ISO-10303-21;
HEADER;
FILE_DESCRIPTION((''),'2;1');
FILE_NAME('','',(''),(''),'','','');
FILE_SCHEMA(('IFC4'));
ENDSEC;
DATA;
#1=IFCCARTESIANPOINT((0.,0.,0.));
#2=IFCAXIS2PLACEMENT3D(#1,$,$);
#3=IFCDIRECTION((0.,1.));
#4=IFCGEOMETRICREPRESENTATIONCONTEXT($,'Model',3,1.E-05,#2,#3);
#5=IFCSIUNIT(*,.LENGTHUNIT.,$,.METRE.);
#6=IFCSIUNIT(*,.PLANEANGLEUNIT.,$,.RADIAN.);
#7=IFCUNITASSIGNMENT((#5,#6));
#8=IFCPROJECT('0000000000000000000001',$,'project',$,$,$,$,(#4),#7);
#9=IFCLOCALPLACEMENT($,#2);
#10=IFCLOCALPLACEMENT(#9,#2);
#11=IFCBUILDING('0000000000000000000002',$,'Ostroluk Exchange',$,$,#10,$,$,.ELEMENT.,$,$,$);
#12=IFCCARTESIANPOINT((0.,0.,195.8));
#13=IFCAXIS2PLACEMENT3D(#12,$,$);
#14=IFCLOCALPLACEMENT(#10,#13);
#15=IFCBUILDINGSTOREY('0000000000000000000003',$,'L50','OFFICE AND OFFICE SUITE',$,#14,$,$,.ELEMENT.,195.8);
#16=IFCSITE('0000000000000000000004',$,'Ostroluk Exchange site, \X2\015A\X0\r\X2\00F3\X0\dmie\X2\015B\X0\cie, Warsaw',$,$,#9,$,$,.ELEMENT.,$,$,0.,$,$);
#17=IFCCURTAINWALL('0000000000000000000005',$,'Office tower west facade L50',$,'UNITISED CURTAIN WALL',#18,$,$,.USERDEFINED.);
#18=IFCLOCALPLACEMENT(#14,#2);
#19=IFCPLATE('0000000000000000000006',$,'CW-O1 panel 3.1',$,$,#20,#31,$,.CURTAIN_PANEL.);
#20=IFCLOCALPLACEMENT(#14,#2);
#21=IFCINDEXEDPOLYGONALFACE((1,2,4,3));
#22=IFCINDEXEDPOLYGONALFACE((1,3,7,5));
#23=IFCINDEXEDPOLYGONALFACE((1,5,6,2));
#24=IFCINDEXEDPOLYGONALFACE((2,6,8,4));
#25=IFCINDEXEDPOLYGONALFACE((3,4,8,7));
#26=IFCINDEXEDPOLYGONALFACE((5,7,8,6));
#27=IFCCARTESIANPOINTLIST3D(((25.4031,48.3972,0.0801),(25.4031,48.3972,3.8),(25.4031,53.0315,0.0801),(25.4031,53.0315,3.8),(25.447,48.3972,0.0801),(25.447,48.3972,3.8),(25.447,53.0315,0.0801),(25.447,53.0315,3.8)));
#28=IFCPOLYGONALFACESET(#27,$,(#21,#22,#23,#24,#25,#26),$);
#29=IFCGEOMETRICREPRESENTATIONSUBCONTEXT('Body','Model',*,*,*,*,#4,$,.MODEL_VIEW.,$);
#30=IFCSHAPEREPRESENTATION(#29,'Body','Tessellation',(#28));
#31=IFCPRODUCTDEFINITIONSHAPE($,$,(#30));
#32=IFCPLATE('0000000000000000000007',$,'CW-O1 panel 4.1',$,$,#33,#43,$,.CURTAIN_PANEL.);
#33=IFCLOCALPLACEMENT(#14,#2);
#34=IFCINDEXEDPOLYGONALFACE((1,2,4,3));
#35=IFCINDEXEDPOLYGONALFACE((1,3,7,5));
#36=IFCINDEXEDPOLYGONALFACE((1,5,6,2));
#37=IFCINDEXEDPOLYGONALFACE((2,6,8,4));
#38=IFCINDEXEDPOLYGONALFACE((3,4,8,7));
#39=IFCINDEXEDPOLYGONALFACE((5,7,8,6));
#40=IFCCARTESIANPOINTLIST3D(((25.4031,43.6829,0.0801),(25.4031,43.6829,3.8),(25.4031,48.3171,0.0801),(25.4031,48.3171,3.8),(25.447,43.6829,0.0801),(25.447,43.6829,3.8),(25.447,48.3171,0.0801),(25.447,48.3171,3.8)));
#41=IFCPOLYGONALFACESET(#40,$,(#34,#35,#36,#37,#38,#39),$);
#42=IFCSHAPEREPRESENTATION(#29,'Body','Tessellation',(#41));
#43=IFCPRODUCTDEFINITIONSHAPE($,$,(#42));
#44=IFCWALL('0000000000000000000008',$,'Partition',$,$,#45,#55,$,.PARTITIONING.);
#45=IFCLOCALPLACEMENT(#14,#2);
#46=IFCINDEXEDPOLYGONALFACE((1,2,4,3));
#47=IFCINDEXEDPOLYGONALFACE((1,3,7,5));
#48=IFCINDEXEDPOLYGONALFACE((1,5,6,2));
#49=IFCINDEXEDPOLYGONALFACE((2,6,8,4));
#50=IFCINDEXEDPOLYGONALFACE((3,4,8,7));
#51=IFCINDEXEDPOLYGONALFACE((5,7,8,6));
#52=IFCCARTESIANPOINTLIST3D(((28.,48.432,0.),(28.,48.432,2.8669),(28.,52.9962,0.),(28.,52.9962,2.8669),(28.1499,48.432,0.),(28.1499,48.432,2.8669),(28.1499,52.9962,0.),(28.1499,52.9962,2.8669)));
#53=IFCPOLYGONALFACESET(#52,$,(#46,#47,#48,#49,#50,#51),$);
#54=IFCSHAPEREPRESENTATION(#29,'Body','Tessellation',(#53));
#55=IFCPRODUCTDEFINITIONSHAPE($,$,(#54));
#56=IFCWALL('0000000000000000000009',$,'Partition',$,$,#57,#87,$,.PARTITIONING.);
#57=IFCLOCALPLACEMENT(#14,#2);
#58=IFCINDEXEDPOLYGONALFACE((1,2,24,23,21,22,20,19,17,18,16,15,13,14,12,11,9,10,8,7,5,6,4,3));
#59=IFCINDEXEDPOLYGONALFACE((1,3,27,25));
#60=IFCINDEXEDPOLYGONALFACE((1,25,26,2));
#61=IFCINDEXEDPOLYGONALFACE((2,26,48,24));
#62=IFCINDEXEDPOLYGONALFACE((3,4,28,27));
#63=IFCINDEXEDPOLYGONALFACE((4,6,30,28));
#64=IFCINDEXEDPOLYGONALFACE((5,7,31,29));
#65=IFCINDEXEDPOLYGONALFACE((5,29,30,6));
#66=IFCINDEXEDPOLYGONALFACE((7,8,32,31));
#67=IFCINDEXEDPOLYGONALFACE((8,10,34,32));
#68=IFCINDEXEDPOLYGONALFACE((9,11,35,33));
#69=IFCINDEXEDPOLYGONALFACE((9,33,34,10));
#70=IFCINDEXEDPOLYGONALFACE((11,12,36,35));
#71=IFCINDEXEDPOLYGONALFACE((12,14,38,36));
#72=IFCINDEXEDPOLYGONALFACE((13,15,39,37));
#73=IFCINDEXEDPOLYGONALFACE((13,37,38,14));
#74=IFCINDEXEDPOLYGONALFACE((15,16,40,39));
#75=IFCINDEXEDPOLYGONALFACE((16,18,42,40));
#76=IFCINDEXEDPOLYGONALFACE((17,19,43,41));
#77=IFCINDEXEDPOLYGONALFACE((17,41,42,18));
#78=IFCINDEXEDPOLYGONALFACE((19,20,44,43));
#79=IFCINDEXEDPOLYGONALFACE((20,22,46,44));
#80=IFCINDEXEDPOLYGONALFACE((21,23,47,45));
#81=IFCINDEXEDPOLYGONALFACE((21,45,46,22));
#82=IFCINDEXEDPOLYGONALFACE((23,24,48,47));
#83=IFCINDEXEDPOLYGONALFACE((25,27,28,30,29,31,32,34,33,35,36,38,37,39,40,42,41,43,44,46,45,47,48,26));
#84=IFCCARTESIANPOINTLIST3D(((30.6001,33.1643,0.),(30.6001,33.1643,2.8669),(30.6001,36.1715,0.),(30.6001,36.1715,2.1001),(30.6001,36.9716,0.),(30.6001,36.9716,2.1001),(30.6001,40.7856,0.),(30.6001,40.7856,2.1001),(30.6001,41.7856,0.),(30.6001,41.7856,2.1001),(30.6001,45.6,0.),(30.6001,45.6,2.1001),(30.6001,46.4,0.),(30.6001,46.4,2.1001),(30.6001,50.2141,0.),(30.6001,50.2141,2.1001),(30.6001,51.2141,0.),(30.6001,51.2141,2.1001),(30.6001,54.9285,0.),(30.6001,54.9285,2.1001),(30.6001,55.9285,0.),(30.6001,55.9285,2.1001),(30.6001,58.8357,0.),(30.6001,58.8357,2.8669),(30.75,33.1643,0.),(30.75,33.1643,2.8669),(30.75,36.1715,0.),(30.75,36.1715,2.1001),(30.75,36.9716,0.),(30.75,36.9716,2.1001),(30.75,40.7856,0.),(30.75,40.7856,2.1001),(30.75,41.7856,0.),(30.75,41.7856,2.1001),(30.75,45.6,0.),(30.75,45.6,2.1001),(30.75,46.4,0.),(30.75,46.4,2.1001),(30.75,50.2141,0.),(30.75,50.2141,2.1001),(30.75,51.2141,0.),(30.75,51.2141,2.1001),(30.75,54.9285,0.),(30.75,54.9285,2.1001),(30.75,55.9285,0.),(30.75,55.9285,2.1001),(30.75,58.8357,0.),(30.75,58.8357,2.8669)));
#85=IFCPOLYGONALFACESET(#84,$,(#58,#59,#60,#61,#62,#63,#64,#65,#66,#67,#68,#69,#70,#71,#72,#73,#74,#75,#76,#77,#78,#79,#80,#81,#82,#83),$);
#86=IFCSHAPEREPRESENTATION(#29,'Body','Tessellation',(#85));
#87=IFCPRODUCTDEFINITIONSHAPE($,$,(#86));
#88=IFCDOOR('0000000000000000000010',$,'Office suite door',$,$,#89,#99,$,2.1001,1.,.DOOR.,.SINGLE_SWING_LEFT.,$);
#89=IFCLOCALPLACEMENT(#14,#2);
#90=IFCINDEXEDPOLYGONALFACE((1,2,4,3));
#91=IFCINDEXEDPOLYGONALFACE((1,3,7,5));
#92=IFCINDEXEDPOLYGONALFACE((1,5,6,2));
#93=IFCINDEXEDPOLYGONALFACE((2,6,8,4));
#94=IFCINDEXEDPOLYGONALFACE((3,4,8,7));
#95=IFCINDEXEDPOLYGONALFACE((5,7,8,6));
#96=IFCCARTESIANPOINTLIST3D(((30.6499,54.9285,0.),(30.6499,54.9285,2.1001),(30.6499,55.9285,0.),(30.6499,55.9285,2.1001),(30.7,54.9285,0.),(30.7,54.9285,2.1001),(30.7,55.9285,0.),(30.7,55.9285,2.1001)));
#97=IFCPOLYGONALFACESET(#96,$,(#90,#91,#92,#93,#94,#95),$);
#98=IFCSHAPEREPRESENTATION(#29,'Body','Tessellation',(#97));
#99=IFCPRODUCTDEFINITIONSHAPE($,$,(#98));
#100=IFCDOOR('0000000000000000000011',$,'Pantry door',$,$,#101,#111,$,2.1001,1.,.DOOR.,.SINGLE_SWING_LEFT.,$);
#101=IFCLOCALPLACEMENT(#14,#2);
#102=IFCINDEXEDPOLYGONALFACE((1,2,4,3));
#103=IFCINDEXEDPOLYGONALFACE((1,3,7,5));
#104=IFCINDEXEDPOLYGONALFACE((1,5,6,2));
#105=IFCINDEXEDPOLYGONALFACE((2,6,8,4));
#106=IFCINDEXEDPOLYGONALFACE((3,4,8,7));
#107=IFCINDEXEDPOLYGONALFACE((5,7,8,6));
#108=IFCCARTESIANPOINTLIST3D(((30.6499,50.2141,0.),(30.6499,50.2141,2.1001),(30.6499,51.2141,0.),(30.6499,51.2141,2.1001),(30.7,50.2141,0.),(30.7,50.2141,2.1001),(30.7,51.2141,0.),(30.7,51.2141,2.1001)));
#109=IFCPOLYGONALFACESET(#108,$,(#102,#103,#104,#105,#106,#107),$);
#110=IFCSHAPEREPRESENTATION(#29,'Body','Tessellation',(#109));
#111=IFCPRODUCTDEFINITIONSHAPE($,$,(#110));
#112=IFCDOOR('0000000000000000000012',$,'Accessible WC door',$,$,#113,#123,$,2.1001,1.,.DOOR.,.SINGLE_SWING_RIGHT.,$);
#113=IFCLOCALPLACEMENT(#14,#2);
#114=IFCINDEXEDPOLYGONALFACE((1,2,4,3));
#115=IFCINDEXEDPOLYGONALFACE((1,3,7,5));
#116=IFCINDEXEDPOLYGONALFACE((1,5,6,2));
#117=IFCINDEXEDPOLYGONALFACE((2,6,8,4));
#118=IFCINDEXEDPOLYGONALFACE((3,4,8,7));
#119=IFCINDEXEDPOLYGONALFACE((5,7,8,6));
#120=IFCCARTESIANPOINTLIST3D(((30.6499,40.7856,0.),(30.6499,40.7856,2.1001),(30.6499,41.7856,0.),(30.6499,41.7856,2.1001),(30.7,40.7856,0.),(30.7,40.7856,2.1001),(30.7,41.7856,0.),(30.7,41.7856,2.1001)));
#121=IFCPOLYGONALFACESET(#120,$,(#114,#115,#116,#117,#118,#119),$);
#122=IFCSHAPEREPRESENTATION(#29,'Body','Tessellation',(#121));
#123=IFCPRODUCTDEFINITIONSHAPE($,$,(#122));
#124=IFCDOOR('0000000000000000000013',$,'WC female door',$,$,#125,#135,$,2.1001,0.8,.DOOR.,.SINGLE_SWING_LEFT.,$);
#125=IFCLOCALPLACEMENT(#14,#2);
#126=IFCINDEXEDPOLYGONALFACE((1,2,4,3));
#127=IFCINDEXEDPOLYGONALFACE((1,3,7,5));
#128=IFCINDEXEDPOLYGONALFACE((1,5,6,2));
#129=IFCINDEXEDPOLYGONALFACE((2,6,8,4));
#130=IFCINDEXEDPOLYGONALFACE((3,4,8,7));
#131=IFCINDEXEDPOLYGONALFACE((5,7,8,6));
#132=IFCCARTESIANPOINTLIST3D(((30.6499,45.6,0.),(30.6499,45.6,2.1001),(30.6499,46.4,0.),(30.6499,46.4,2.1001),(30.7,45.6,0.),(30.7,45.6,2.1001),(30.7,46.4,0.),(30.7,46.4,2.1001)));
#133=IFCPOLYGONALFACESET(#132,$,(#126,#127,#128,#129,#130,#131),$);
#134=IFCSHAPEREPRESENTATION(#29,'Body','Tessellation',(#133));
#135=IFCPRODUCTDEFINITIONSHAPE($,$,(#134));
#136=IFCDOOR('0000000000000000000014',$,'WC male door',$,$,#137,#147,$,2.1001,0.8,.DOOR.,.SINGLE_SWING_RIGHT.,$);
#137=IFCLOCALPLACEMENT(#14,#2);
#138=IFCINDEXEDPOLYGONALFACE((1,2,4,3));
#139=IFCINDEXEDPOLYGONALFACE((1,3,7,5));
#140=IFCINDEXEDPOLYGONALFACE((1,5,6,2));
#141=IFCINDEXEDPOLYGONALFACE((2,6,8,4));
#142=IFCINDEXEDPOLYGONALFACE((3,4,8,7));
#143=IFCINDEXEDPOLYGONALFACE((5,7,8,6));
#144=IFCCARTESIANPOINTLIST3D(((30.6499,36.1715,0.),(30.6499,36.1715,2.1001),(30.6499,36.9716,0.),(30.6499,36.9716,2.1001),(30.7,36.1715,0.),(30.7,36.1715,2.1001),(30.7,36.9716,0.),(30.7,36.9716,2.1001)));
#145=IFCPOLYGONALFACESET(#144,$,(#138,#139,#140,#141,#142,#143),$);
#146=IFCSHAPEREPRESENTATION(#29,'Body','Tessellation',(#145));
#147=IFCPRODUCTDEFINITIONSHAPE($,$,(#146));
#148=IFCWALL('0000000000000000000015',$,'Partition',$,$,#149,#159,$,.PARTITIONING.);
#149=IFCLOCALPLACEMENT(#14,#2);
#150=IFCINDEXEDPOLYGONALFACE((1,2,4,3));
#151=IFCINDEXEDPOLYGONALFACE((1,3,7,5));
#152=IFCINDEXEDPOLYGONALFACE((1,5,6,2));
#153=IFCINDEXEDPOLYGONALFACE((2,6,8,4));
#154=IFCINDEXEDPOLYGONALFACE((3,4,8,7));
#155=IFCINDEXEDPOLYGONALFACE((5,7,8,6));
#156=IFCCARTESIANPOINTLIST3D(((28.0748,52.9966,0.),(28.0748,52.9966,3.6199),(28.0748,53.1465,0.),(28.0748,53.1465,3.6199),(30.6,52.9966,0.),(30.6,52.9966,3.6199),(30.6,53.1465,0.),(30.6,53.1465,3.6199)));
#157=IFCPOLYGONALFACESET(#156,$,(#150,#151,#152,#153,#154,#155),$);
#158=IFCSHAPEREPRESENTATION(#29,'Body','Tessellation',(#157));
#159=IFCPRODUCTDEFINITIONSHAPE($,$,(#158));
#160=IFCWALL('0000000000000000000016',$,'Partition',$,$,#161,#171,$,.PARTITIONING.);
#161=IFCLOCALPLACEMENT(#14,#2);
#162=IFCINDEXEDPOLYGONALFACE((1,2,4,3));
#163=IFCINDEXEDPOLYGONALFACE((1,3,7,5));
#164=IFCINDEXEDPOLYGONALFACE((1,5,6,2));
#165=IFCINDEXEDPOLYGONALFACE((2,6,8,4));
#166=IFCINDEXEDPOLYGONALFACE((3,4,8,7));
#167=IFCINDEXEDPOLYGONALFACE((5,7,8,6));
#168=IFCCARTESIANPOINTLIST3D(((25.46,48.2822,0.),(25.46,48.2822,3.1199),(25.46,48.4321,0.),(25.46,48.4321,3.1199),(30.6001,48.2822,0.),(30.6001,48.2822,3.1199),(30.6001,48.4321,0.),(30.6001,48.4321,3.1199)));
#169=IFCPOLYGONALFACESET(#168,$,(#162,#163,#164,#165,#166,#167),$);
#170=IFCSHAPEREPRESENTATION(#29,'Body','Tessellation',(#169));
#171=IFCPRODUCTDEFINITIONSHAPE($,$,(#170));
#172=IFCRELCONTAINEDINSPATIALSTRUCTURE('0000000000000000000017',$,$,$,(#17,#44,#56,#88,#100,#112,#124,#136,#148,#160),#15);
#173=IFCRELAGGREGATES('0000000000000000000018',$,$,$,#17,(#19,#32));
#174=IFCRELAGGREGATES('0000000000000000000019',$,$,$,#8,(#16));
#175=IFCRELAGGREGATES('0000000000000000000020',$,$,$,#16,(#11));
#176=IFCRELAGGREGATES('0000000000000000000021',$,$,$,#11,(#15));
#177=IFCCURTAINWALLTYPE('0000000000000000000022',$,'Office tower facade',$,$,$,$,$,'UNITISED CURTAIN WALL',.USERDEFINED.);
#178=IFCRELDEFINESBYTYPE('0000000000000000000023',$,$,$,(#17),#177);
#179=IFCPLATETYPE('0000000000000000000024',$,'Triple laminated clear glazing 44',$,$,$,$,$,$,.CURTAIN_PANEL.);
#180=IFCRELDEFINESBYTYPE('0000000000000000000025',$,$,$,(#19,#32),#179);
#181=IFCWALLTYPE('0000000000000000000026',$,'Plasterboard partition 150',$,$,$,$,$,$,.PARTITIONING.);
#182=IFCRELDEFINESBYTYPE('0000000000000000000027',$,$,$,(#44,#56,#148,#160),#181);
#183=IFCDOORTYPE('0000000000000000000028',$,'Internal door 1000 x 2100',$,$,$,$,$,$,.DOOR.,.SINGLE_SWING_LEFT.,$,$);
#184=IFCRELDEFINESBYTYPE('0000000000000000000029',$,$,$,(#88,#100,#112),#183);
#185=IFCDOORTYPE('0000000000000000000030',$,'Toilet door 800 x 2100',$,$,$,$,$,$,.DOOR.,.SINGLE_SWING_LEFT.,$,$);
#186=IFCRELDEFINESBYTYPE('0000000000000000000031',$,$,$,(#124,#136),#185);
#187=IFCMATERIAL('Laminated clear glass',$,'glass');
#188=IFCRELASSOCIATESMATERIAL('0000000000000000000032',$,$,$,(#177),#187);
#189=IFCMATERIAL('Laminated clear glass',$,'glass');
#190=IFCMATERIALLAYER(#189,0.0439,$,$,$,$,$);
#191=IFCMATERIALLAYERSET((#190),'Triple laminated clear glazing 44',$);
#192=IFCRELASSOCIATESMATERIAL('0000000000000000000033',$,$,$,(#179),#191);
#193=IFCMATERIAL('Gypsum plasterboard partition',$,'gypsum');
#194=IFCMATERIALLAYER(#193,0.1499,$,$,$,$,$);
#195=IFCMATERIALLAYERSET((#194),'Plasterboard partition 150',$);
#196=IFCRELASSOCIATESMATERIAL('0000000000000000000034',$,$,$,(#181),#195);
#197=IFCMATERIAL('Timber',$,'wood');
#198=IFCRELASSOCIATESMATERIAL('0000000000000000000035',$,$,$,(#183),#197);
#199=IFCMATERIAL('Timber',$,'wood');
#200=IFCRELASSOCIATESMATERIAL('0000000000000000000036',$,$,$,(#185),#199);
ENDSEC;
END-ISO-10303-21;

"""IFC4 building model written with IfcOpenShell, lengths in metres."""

from ifc_helpers import new_model, si_unit, direction, frame, frame_2d, origin, origin_2d, place, context, subcontext, project, spatial, rectangle, extrude, material, layer, layer_set, type_object, element, fill, aggregate, save


model = new_model("IFC4")

# Units and contexts
model_context = context("Model", 3, precision=1e-05, world=origin(), true_north=direction((0.0, 1.0)))
body_context = subcontext(model_context, "Body", "Model", "MODEL_VIEW")
ifc_project = project(units=[si_unit("LENGTHUNIT", "METRE"), si_unit("PLANEANGLEUNIT", "RADIAN")], contexts=[model_context])

# Site, building, storey
site_placement = place(None, origin())
site = spatial("IfcSite", under=ifc_project, at=site_placement, Name="Ostroluk Exchange site, Śródmieście, Warsaw", CompositionType="ELEMENT", RefElevation=0.0)
building_placement = place(site_placement, origin())
building = spatial("IfcBuilding", under=site, at=building_placement, Name="Ostroluk Exchange", CompositionType="ELEMENT")
storey_placement = place(building_placement, frame((0.0, 0.0, 195.8)))
storey = spatial("IfcBuildingStorey", under=building, at=storey_placement, Name="L50", Description="OFFICE AND OFFICE SUITE", CompositionType="ELEMENT", Elevation=195.8)

# Curtain wall, plates
ifc_material_1 = material(Name="Laminated clear glass", Category="glass")
curtain_wall_type = type_object("IfcCurtainWallType", Name="Office tower facade", ElementType="UNITISED CURTAIN WALL", PredefinedType="USERDEFINED", material=ifc_material_1)
curtain_wall_placement = place(storey_placement, origin())
curtain_wall = element("IfcCurtainWall", 1, at=curtain_wall_placement, inside=storey, type_object=curtain_wall_type, Name="Office tower west facade L50", ObjectType="UNITISED CURTAIN WALL", PredefinedType="USERDEFINED")
ifc_material_2 = material(Name="Laminated clear glass", Category="glass")
ifc_layer_1 = layer(ifc_material_2, 0.0439)
ifc_layer_set_1 = layer_set([ifc_layer_1], Name="Triple laminated clear glazing 44")
plate_type = type_object("IfcPlateType", Name="Triple laminated clear glazing 44", PredefinedType="CURTAIN_PANEL", material=ifc_layer_set_1)
plate_1_placement = place(storey_placement, frame((25.425, 50.7144, 0.0801), z_axis=(0.0, 0.0, 1.0), x_axis=(0.0, -1.0, 0.0)))
plate_1 = element("IfcPlate", 2, at=plate_1_placement, type_object=plate_type, Name="CW-O1 panel 3.1", PredefinedType="CURTAIN_PANEL", context=body_context, shape_type="SweptSolid", body=[
    extrude(rectangle(XDim=4.6343, YDim=0.0439, at=origin_2d()), origin(), (0.0, 0.0, 1.0), 3.72),
])
plate_2_placement = place(storey_placement, frame((25.425, 46.0, 0.0801), z_axis=(0.0, 0.0, 1.0), x_axis=(0.0, -1.0, 0.0)))
plate_2 = element("IfcPlate", 3, at=plate_2_placement, type_object=plate_type, Name="CW-O1 panel 4.1", PredefinedType="CURTAIN_PANEL", context=body_context, shape_type="SweptSolid", body=[
    extrude(rectangle(XDim=4.6343, YDim=0.0439, at=origin_2d()), origin(), (0.0, 0.0, 1.0), 3.72),
])
aggregate(curtain_wall, [plate_1, plate_2])

# Wall
ifc_material_3 = material(Name="Gypsum plasterboard partition", Category="gypsum")
ifc_layer_2 = layer(ifc_material_3, 0.1499)
ifc_layer_set_2 = layer_set([ifc_layer_2], Name="Plasterboard partition 150")
wall_type = type_object("IfcWallType", Name="Plasterboard partition 150", PredefinedType="PARTITIONING", material=ifc_layer_set_2)
wall_1_placement = place(storey_placement, frame((28.075, 52.9963, 0.0), z_axis=(0.0, 0.0, 1.0), x_axis=(0.0, -1.0, 0.0)))
element("IfcWall", 4, at=wall_1_placement, inside=storey, type_object=wall_type, Name="Partition", PredefinedType="PARTITIONING", context=body_context, shape_type="SweptSolid", body=[
    extrude(rectangle(XDim=4.5642, YDim=0.1499, at=frame_2d((2.2822, 0.0))), origin(), (0.0, 0.0, 1.0), 2.8669),
])

# Wall, openings, doors
wall_2_placement = place(storey_placement, frame((30.675, 58.8357, 0.0), z_axis=(0.0, 0.0, 1.0), x_axis=(0.0, -1.0, 0.0)))
wall_2 = element("IfcWall", 5, at=wall_2_placement, inside=storey, type_object=wall_type, Name="Partition", PredefinedType="PARTITIONING", context=body_context, shape_type="SweptSolid", body=[
    extrude(rectangle(XDim=25.6714, YDim=0.1499, at=frame_2d((12.8357, 0.0))), origin(), (0.0, 0.0, 1.0), 2.8669),
])
opening_1_placement = place(wall_2_placement, frame((2.9072, 0.0, 0.0)))
opening_1 = element("IfcOpeningElement", 6, at=opening_1_placement, cuts=wall_2, PredefinedType="OPENING", context=body_context, shape_type="SweptSolid", body=[
    extrude(rectangle(XDim=1.0, YDim=2.1001, at=frame_2d((0.5, 1.05))), frame((0.0, 0.085, 0.0), z_axis=(0.0, -1.0, 0.0), x_axis=(1.0, 0.0, 0.0)), (0.0, 0.0, 1.0), 0.1699),
])
opening_2_placement = place(wall_2_placement, frame((7.6216, 0.0, 0.0)))
opening_2 = element("IfcOpeningElement", 7, at=opening_2_placement, cuts=wall_2, PredefinedType="OPENING", context=body_context, shape_type="SweptSolid", body=[
    extrude(rectangle(XDim=1.0, YDim=2.1001, at=frame_2d((0.5, 1.05))), frame((0.0, 0.085, 0.0), z_axis=(0.0, -1.0, 0.0), x_axis=(1.0, 0.0, 0.0)), (0.0, 0.0, 1.0), 0.1699),
])
opening_3_placement = place(wall_2_placement, frame((12.4358, 0.0, 0.0)))
opening_3 = element("IfcOpeningElement", 8, at=opening_3_placement, cuts=wall_2, PredefinedType="OPENING", context=body_context, shape_type="SweptSolid", body=[
    extrude(rectangle(XDim=0.8, YDim=2.1001, at=frame_2d((0.3999, 1.05))), frame((0.0, 0.085, 0.0), z_axis=(0.0, -1.0, 0.0), x_axis=(1.0, 0.0, 0.0)), (0.0, 0.0, 1.0), 0.1699),
])
opening_4_placement = place(wall_2_placement, frame((17.05, 0.0, 0.0)))
opening_4 = element("IfcOpeningElement", 9, at=opening_4_placement, cuts=wall_2, PredefinedType="OPENING", context=body_context, shape_type="SweptSolid", body=[
    extrude(rectangle(XDim=1.0, YDim=2.1001, at=frame_2d((0.5, 1.05))), frame((0.0, 0.085, 0.0), z_axis=(0.0, -1.0, 0.0), x_axis=(1.0, 0.0, 0.0)), (0.0, 0.0, 1.0), 0.1699),
])
opening_5_placement = place(wall_2_placement, frame((21.8643, 0.0, 0.0)))
opening_5 = element("IfcOpeningElement", 10, at=opening_5_placement, cuts=wall_2, PredefinedType="OPENING", context=body_context, shape_type="SweptSolid", body=[
    extrude(rectangle(XDim=0.8, YDim=2.1001, at=frame_2d((0.3999, 1.05))), frame((0.0, 0.085, 0.0), z_axis=(0.0, -1.0, 0.0), x_axis=(1.0, 0.0, 0.0)), (0.0, 0.0, 1.0), 0.1699),
])
ifc_material_4 = material(Name="Timber", Category="wood")
door_type_1 = type_object("IfcDoorType", Name="Internal door 1000 x 2100", OperationType="SINGLE_SWING_LEFT", PredefinedType="DOOR", material=ifc_material_4)
door_1_placement = place(opening_1_placement, origin())
door_1 = element("IfcDoor", 11, at=door_1_placement, inside=storey, type_object=door_type_1, Name="Office suite door", OperationType="SINGLE_SWING_LEFT", OverallHeight=2.1001, OverallWidth=1.0, PredefinedType="DOOR", context=body_context, shape_type="SweptSolid", body=[
    extrude(rectangle(XDim=1.0, YDim=2.1001, at=frame_2d((0.5, 1.05))), frame((0.0, 0.0249, 0.0), z_axis=(0.0, -1.0, 0.0), x_axis=(1.0, 0.0, 0.0)), (0.0, 0.0, 1.0), 0.05),
])
fill(opening_1, door_1)
door_2_placement = place(opening_2_placement, origin())
door_2 = element("IfcDoor", 12, at=door_2_placement, inside=storey, type_object=door_type_1, Name="Pantry door", OperationType="SINGLE_SWING_LEFT", OverallHeight=2.1001, OverallWidth=1.0, PredefinedType="DOOR", context=body_context, shape_type="SweptSolid", body=[
    extrude(rectangle(XDim=1.0, YDim=2.1001, at=frame_2d((0.5, 1.05))), frame((0.0, 0.0249, 0.0), z_axis=(0.0, -1.0, 0.0), x_axis=(1.0, 0.0, 0.0)), (0.0, 0.0, 1.0), 0.05),
])
fill(opening_2, door_2)
door_3_placement = place(opening_4_placement, origin())
door_3 = element("IfcDoor", 13, at=door_3_placement, inside=storey, type_object=door_type_1, Name="Accessible WC door", OperationType="SINGLE_SWING_RIGHT", OverallHeight=2.1001, OverallWidth=1.0, PredefinedType="DOOR", context=body_context, shape_type="SweptSolid", body=[
    extrude(rectangle(XDim=1.0, YDim=2.1001, at=frame_2d((0.5, 1.05))), frame((0.0, 0.0249, 0.0), z_axis=(0.0, -1.0, 0.0), x_axis=(1.0, 0.0, 0.0)), (0.0, 0.0, 1.0), 0.05),
])
fill(opening_4, door_3)
ifc_material_5 = material(Name="Timber", Category="wood")
door_type_2 = type_object("IfcDoorType", Name="Toilet door 800 x 2100", OperationType="SINGLE_SWING_LEFT", PredefinedType="DOOR", material=ifc_material_5)
door_4_placement = place(opening_3_placement, origin())
door_4 = element("IfcDoor", 14, at=door_4_placement, inside=storey, type_object=door_type_2, Name="WC female door", OperationType="SINGLE_SWING_LEFT", OverallHeight=2.1001, OverallWidth=0.8, PredefinedType="DOOR", context=body_context, shape_type="SweptSolid", body=[
    extrude(rectangle(XDim=0.8, YDim=2.1001, at=frame_2d((0.3999, 1.05))), frame((0.0, 0.0249, 0.0), z_axis=(0.0, -1.0, 0.0), x_axis=(1.0, 0.0, 0.0)), (0.0, 0.0, 1.0), 0.05),
])
fill(opening_3, door_4)
door_5_placement = place(opening_5_placement, origin())
door_5 = element("IfcDoor", 15, at=door_5_placement, inside=storey, type_object=door_type_2, Name="WC male door", OperationType="SINGLE_SWING_RIGHT", OverallHeight=2.1001, OverallWidth=0.8, PredefinedType="DOOR", context=body_context, shape_type="SweptSolid", body=[
    extrude(rectangle(XDim=0.8, YDim=2.1001, at=frame_2d((0.3999, 1.05))), frame((0.0, 0.0249, 0.0), z_axis=(0.0, -1.0, 0.0), x_axis=(1.0, 0.0, 0.0)), (0.0, 0.0, 1.0), 0.05),
])
fill(opening_5, door_5)

# Walls
wall_3_placement = place(storey_placement, frame((30.6001, 53.0715, 0.0), z_axis=(0.0, 0.0, 1.0), x_axis=(-1.0, 0.0, 0.0)))
element("IfcWall", 16, at=wall_3_placement, inside=storey, type_object=wall_type, Name="Partition", PredefinedType="PARTITIONING", context=body_context, shape_type="SweptSolid", body=[
    extrude(rectangle(XDim=2.5251, YDim=0.1499, at=frame_2d((1.2627, 0.0))), origin(), (0.0, 0.0, 1.0), 3.6199),
])
wall_4_placement = place(storey_placement, frame((30.6001, 48.3572, 0.0), z_axis=(0.0, 0.0, 1.0), x_axis=(-1.0, 0.0, 0.0)))
element("IfcWall", 17, at=wall_4_placement, inside=storey, type_object=wall_type, Name="Partition", PredefinedType="PARTITIONING", context=body_context, shape_type="SweptSolid", body=[
    extrude(rectangle(XDim=5.1401, YDim=0.1499, at=frame_2d((2.5701, 0.0))), origin(), (0.0, 0.0, 1.0), 3.1199),
])

save(model, "model.ifc")
